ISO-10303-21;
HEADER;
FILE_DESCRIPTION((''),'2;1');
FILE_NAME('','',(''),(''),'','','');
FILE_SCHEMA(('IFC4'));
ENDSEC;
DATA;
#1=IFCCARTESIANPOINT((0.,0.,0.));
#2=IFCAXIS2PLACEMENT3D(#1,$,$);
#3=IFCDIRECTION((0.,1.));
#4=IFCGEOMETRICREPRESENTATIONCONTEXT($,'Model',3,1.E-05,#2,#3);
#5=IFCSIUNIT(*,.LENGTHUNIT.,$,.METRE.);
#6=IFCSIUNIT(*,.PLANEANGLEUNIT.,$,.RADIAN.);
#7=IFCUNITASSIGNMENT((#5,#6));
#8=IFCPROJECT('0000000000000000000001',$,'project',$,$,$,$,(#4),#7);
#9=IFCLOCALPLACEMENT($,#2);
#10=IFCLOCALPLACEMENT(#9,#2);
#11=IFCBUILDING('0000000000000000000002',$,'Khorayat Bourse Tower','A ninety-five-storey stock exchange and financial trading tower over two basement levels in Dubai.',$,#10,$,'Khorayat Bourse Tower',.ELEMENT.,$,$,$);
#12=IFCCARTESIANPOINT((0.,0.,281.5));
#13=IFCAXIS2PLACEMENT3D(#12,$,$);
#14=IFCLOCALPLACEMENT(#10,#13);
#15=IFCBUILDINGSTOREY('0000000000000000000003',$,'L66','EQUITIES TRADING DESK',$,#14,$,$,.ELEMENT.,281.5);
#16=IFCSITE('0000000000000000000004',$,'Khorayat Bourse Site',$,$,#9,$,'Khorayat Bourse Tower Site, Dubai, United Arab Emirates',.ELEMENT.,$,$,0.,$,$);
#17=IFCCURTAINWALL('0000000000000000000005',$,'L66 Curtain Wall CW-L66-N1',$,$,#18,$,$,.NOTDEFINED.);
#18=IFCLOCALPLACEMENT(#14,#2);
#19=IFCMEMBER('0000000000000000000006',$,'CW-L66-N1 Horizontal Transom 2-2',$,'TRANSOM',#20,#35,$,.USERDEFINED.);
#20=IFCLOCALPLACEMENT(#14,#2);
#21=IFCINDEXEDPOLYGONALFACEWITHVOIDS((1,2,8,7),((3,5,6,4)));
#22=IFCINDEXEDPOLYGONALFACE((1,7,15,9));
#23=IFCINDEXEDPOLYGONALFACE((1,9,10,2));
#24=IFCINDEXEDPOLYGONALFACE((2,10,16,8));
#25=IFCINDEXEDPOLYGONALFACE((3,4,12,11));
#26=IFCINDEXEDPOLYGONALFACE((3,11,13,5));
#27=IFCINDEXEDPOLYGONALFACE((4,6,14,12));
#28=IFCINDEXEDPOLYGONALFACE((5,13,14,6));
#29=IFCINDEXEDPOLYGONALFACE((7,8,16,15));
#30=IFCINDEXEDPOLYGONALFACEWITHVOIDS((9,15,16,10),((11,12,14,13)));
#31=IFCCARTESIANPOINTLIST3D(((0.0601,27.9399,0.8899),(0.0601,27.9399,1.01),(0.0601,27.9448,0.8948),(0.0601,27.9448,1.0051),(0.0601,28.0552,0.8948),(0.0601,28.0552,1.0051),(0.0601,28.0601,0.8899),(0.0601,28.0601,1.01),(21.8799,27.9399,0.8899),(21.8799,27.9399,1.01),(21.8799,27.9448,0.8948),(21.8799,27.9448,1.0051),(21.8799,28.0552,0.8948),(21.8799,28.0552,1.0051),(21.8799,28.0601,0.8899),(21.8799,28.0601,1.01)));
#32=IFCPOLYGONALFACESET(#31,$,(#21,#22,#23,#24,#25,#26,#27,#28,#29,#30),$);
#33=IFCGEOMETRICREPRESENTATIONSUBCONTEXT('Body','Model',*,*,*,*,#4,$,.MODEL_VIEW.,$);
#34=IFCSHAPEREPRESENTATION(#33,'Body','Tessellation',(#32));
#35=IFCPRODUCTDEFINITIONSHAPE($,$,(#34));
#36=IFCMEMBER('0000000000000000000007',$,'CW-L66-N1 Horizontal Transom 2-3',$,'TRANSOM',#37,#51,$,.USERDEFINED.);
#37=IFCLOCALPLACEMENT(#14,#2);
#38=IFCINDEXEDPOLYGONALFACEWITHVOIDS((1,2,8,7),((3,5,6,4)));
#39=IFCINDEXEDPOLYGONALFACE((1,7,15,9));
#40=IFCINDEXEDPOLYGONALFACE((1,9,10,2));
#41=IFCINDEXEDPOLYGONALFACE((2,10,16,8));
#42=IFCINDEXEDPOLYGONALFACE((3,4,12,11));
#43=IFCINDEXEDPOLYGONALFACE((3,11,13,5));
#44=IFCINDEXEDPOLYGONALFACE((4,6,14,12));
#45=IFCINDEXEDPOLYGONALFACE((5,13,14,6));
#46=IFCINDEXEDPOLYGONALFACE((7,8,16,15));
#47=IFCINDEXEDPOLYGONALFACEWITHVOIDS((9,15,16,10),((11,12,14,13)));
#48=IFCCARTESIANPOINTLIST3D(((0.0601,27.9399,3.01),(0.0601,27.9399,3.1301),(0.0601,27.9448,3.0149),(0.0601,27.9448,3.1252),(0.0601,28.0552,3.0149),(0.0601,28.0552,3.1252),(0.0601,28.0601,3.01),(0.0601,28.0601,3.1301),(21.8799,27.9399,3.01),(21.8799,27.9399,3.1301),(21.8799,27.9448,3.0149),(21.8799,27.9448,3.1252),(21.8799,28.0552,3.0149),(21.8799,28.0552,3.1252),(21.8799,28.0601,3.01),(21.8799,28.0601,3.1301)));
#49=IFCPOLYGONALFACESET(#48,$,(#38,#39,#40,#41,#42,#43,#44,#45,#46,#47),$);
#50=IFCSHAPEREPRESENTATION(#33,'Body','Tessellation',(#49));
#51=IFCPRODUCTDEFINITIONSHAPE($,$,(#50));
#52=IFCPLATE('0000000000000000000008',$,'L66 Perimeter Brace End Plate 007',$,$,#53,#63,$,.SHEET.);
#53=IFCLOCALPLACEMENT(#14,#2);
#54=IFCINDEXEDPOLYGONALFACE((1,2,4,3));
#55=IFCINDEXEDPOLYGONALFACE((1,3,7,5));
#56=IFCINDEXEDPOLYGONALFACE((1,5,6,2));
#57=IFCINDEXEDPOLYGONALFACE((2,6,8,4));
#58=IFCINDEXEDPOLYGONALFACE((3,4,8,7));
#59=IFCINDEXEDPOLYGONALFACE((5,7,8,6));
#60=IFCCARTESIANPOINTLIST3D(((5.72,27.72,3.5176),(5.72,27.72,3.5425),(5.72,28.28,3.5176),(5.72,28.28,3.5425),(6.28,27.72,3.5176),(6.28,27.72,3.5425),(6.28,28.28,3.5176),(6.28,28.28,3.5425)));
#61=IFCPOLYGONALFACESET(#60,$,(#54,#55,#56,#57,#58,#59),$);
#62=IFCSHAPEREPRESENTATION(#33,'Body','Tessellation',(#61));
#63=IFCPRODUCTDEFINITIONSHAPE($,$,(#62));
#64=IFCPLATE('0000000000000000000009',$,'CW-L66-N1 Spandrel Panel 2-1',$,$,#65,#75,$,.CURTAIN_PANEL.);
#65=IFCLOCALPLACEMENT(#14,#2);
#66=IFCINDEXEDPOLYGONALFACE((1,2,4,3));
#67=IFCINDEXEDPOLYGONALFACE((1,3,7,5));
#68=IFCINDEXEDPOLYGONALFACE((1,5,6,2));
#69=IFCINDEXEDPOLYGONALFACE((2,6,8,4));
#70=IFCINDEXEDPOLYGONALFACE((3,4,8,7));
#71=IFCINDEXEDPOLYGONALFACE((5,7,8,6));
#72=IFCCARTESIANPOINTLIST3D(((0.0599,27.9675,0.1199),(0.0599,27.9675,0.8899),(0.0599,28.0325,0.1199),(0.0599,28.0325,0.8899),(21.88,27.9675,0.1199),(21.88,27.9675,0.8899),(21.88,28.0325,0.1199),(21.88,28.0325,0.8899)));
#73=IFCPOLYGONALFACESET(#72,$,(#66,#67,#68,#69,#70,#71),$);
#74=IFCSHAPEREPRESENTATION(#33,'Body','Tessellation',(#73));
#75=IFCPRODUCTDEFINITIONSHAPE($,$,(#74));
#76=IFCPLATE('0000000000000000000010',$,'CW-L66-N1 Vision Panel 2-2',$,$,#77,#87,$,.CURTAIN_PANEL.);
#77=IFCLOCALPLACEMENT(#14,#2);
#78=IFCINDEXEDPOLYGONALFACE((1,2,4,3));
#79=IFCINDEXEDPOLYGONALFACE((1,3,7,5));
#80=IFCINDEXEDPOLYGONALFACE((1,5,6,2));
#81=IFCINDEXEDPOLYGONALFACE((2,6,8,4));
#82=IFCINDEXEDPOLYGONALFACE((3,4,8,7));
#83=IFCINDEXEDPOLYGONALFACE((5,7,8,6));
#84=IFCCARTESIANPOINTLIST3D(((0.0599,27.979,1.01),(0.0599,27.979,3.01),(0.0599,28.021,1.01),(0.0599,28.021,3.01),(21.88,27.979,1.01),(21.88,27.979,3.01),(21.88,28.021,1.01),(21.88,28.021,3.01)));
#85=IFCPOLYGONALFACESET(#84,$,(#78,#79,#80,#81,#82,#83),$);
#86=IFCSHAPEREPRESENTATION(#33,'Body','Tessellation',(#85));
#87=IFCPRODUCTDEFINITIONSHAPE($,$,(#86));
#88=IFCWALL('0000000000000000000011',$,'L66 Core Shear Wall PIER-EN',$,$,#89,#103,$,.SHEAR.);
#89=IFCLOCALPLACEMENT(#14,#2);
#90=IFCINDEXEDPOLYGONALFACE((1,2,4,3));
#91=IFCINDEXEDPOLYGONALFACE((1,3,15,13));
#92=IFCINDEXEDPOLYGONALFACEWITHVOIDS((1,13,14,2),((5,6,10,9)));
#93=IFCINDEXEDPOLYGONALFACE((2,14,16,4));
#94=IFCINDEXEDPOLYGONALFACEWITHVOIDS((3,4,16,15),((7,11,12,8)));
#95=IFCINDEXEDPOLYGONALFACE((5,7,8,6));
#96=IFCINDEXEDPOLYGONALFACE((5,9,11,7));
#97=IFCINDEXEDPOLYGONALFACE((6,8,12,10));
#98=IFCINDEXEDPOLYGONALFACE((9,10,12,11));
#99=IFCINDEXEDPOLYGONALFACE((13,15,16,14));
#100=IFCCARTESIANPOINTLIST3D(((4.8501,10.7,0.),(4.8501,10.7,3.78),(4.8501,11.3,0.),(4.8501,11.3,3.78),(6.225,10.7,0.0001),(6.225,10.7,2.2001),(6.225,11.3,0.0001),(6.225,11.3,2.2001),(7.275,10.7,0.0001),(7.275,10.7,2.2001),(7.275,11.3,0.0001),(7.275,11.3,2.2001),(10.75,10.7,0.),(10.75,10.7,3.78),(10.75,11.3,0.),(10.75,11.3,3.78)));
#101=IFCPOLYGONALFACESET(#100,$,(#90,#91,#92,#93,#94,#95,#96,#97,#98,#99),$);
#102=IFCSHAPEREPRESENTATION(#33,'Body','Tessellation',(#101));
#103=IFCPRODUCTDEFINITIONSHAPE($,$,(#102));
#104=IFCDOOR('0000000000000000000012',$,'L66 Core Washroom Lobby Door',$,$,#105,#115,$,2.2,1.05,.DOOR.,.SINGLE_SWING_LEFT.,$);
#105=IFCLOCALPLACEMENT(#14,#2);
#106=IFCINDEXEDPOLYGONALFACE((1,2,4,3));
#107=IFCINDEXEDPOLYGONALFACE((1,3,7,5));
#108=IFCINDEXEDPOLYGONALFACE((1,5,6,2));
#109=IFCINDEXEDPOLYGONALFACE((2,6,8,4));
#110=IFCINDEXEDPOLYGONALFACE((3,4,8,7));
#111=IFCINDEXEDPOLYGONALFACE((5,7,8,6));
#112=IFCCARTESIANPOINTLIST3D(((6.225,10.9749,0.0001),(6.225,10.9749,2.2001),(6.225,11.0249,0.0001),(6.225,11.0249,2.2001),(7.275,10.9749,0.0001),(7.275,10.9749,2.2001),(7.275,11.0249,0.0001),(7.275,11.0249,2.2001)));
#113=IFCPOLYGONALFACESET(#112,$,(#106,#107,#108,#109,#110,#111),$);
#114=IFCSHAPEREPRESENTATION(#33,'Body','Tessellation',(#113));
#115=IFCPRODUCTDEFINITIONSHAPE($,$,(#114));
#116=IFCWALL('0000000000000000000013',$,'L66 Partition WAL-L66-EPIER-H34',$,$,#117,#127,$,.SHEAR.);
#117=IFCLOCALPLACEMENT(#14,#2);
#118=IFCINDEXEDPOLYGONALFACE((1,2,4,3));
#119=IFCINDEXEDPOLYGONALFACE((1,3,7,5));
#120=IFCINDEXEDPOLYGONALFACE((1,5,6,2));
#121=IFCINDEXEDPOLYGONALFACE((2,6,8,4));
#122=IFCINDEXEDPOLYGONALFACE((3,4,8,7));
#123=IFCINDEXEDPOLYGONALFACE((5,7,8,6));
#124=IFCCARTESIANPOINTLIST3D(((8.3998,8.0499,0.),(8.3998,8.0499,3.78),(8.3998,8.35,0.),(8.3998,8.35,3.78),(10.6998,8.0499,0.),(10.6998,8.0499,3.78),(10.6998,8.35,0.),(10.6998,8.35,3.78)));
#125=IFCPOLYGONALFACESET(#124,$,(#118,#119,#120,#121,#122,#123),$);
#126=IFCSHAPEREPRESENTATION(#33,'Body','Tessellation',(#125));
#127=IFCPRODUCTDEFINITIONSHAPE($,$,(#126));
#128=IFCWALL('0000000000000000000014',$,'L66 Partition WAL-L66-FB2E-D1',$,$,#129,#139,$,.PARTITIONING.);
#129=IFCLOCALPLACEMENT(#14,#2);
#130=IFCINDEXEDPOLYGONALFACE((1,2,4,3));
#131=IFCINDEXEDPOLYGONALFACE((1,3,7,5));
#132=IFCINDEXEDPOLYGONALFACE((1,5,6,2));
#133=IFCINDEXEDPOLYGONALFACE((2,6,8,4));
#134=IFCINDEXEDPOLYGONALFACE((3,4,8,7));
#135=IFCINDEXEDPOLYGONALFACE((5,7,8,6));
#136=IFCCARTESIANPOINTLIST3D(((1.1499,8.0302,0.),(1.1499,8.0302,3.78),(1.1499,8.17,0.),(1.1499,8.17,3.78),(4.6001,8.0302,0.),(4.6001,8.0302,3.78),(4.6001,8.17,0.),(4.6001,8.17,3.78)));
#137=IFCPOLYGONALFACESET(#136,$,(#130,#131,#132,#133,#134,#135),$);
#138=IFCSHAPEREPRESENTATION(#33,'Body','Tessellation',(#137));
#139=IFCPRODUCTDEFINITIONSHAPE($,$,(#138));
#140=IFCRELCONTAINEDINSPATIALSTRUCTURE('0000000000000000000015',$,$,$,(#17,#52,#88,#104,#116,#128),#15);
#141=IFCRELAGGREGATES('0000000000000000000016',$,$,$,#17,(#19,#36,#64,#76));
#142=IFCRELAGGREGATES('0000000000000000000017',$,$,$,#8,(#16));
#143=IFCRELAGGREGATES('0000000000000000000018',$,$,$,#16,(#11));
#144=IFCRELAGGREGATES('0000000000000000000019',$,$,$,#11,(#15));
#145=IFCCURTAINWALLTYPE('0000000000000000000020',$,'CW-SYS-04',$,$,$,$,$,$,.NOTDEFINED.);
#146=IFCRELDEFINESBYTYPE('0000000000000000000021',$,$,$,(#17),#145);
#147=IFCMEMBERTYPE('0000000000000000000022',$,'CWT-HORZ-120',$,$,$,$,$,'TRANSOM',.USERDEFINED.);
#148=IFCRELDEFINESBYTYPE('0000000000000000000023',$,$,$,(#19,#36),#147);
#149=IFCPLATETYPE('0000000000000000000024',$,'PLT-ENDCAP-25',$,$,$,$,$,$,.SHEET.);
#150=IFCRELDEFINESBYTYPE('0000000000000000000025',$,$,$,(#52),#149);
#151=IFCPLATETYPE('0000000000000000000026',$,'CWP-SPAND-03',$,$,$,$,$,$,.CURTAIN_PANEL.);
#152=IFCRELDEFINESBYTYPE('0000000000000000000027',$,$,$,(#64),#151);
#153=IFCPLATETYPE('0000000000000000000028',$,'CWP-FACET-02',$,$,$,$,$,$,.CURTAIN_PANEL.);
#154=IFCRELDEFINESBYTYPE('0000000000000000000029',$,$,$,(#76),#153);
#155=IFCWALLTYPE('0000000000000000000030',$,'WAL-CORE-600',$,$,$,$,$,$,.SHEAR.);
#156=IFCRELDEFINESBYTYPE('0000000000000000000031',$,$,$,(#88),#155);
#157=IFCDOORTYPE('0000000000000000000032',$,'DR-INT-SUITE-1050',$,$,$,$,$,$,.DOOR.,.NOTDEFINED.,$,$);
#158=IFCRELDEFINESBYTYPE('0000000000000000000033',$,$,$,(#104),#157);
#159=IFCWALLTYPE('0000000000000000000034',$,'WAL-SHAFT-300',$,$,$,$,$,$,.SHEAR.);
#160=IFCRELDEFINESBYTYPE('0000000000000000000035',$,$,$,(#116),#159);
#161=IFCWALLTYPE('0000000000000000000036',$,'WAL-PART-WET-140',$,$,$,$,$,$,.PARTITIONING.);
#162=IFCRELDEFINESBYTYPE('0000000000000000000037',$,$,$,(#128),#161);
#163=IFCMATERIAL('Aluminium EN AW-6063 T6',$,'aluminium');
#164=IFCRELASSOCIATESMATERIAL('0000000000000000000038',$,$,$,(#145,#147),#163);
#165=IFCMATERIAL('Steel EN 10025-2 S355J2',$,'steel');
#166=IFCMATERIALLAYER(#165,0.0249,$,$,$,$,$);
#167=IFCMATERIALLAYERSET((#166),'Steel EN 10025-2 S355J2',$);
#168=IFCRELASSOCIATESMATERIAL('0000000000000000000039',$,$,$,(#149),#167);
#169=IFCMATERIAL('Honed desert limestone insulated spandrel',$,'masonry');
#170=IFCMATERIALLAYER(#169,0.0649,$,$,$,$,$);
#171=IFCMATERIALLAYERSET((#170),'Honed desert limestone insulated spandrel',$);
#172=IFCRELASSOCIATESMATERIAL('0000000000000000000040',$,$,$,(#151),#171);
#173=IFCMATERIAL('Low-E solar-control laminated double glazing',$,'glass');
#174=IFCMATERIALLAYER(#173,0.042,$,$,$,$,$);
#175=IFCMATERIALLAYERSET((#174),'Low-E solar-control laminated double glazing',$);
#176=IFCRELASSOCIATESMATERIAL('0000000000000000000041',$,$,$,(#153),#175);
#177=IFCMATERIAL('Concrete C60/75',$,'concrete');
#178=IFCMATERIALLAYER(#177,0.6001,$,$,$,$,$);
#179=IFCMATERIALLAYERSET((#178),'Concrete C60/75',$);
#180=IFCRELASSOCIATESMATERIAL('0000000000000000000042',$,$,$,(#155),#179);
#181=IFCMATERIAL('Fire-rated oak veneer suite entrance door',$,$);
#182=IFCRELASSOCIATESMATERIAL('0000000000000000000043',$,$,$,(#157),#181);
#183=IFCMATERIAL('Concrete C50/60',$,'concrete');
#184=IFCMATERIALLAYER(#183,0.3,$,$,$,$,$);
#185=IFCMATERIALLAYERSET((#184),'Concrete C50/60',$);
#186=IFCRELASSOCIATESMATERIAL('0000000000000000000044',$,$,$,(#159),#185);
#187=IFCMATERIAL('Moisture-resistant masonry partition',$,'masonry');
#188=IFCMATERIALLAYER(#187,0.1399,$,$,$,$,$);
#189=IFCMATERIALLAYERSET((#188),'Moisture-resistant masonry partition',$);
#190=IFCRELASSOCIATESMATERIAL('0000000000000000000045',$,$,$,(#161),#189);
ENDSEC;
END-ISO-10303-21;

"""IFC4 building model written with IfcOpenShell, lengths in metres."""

from ifc_helpers import new_model, si_unit, direction, frame, frame_2d, origin, origin_2d, place, context, subcontext, project, spatial, rectangle, hollow_rectangle, extrude, source, transform, mapped, material, layer, layer_set, material_profile, profile_set, type_object, element, fill, aggregate, save


model = new_model("IFC4")

# Units and contexts
model_context = context("Model", 3, precision=1e-05, world=origin(), true_north=direction((0.0, 1.0)))
body_context = subcontext(model_context, "Body", "Model", "MODEL_VIEW")
ifc_project = project(units=[si_unit("LENGTHUNIT", "METRE"), si_unit("PLANEANGLEUNIT", "RADIAN")], contexts=[model_context])

# Site, building, storey
site_placement = place(None, origin())
site = spatial("IfcSite", under=ifc_project, at=site_placement, Name="Khorayat Bourse Site", LongName="Khorayat Bourse Tower Site, Dubai, United Arab Emirates", CompositionType="ELEMENT", RefElevation=0.0)
building_placement = place(site_placement, origin())
building = spatial("IfcBuilding", under=site, at=building_placement, Name="Khorayat Bourse Tower", Description="A ninety-five-storey stock exchange and financial trading tower over two basement levels in Dubai.", LongName="Khorayat Bourse Tower", CompositionType="ELEMENT")
storey_placement = place(building_placement, frame((0.0, 0.0, 281.5)))
storey = spatial("IfcBuildingStorey", under=building, at=storey_placement, Name="L66", Description="EQUITIES TRADING DESK", CompositionType="ELEMENT", Elevation=281.5)

# Shared definitions
ifc_material_1 = material(Name="Concrete C60/75", Category="concrete")

# Curtain wall, members
ifc_material_2 = material(Name="Aluminium EN AW-6063 T6", Category="aluminium")
curtain_wall_type = type_object("IfcCurtainWallType", Name="CW-SYS-04", PredefinedType="NOTDEFINED", material=ifc_material_2)
curtain_wall_placement = place(storey_placement, origin())
curtain_wall = element("IfcCurtainWall", 1, at=curtain_wall_placement, inside=storey, type_object=curtain_wall_type, Name="L66 Curtain Wall CW-L66-N1", PredefinedType="NOTDEFINED")
ifc_material_profile_1 = material_profile(ifc_material_2, hollow_rectangle(XDim=0.1201, YDim=0.1201, WallThickness=0.0049, at=origin_2d()), Name="ALU 120x120x5")
ifc_profile_set_1 = profile_set([ifc_material_profile_1], Name="Aluminium EN AW-6063 T6")
member_type_1 = type_object("IfcMemberType", Name="CWT-HORZ-120", ElementType="TRANSOM", PredefinedType="USERDEFINED", material=ifc_profile_set_1)
shared_shape_1 = source(origin(), body_context, "Body", "SweptSolid", [
    extrude(hollow_rectangle(XDim=0.1201, YDim=0.1201, WallThickness=0.0049, at=origin_2d()), origin(), (0.0, 0.0, 1.0), 21.8198),
])
member_1_placement = place(storey_placement, frame((0.0601, 28.0, 0.95), z_axis=(1.0, 0.0, 0.0), x_axis=(0.0, 1.0, 0.0)))
member_1 = element("IfcMember", 2, at=member_1_placement, type_object=member_type_1, Name="CW-L66-N1 Horizontal Transom 2-2", ObjectType="TRANSOM", PredefinedType="USERDEFINED", context=body_context, shape_type="MappedRepresentation", body=[
    mapped(shared_shape_1, transform((0.0, 0.0, 0.0), scale=1.0)),
])
member_2_placement = place(storey_placement, frame((0.0601, 28.0, 3.0701), z_axis=(1.0, 0.0, 0.0), x_axis=(0.0, 1.0, 0.0)))
member_2 = element("IfcMember", 3, at=member_2_placement, type_object=member_type_1, Name="CW-L66-N1 Horizontal Transom 2-3", ObjectType="TRANSOM", PredefinedType="USERDEFINED", context=body_context, shape_type="MappedRepresentation", body=[
    mapped(shared_shape_1, transform((0.0, 0.0, 0.0), scale=1.0)),
])

# Plates
ifc_material_3 = material(Name="Steel EN 10025-2 S355J2", Category="steel")
ifc_layer_1 = layer(ifc_material_3, 0.0249)
ifc_layer_set_1 = layer_set([ifc_layer_1], Name="Steel EN 10025-2 S355J2")
plate_type_1 = type_object("IfcPlateType", Name="PLT-ENDCAP-25", PredefinedType="SHEET", material=ifc_layer_set_1)
shared_shape_2 = source(origin(), body_context, "Body", "SweptSolid", [
    extrude(rectangle(XDim=0.5601, YDim=0.5601, at=origin_2d()), origin(), (0.0, 0.0, 1.0), 0.0249),
])
plate_1_placement = place(storey_placement, frame((6.0, 28.0, 3.5176), z_axis=(0.0, 0.0, 1.0), x_axis=(1.0, 0.0, 0.0)))
element("IfcPlate", 4, at=plate_1_placement, inside=storey, type_object=plate_type_1, Name="L66 Perimeter Brace End Plate 007", PredefinedType="SHEET", context=body_context, shape_type="MappedRepresentation", body=[
    mapped(shared_shape_2, transform((0.0, 0.0, 0.0), scale=1.0)),
])
ifc_material_4 = material(Name="Honed desert limestone insulated spandrel", Category="masonry")
ifc_layer_2 = layer(ifc_material_4, 0.0649)
ifc_layer_set_2 = layer_set([ifc_layer_2], Name="Honed desert limestone insulated spandrel")
plate_type_2 = type_object("IfcPlateType", Name="CWP-SPAND-03", PredefinedType="CURTAIN_PANEL", material=ifc_layer_set_2)
shared_shape_3 = source(origin(), body_context, "Body", "SweptSolid", [
    extrude(rectangle(XDim=21.8201, YDim=0.0649, at=origin_2d()), origin(), (0.0, 0.0, 1.0), 0.77),
])
plate_2_placement = place(storey_placement, frame((10.97, 28.0, 0.1199), z_axis=(0.0, 0.0, 1.0), x_axis=(1.0, 0.0, 0.0)))
plate_2 = element("IfcPlate", 5, at=plate_2_placement, type_object=plate_type_2, Name="CW-L66-N1 Spandrel Panel 2-1", PredefinedType="CURTAIN_PANEL", context=body_context, shape_type="MappedRepresentation", body=[
    mapped(shared_shape_3, transform((0.0, 0.0, 0.0), scale=1.0)),
])
ifc_material_5 = material(Name="Low-E solar-control laminated double glazing", Category="glass")
ifc_layer_3 = layer(ifc_material_5, 0.042)
ifc_layer_set_3 = layer_set([ifc_layer_3], Name="Low-E solar-control laminated double glazing")
plate_type_3 = type_object("IfcPlateType", Name="CWP-FACET-02", PredefinedType="CURTAIN_PANEL", material=ifc_layer_set_3)
shared_shape_4 = source(origin(), body_context, "Body", "SweptSolid", [
    extrude(rectangle(XDim=21.8201, YDim=0.042, at=origin_2d()), origin(), (0.0, 0.0, 1.0), 2.0),
])
plate_3_placement = place(storey_placement, frame((10.97, 28.0, 1.01), z_axis=(0.0, 0.0, 1.0), x_axis=(1.0, 0.0, 0.0)))
plate_3 = element("IfcPlate", 6, at=plate_3_placement, type_object=plate_type_3, Name="CW-L66-N1 Vision Panel 2-2", PredefinedType="CURTAIN_PANEL", context=body_context, shape_type="MappedRepresentation", body=[
    mapped(shared_shape_4, transform((0.0, 0.0, 0.0), scale=1.0)),
])
aggregate(curtain_wall, [member_1, member_2, plate_2, plate_3])

# Wall, opening, door
ifc_layer_4 = layer(ifc_material_1, 0.6001)
ifc_layer_set_4 = layer_set([ifc_layer_4], Name="Concrete C60/75")
wall_type_1 = type_object("IfcWallType", Name="WAL-CORE-600", PredefinedType="SHEAR", material=ifc_layer_set_4)
shared_shape_5 = source(origin(), body_context, "Body", "SweptSolid", [
    extrude(rectangle(XDim=5.8999, YDim=0.6001, at=frame_2d((2.95, 0.0))), origin(), (0.0, 0.0, 1.0), 3.78),
])
wall_1_placement = place(storey_placement, frame((4.8501, 11.0, 0.0), z_axis=(0.0, 0.0, 1.0), x_axis=(1.0, 0.0, 0.0)))
wall_1 = element("IfcWall", 7, at=wall_1_placement, inside=storey, type_object=wall_type_1, Name="L66 Core Shear Wall PIER-EN", PredefinedType="SHEAR", context=body_context, shape_type="MappedRepresentation", body=[
    mapped(shared_shape_5, transform((0.0, 0.0, 0.0), scale=1.0)),
])
shared_shape_6 = source(origin(), body_context, "Body", "SweptSolid", [
    extrude(rectangle(XDim=1.05, YDim=2.2, at=frame_2d((0.5249, 1.1001))), frame((0.0, 0.3101, 0.0), z_axis=(0.0, -1.0, 0.0), x_axis=(1.0, 0.0, 0.0)), (0.0, 0.0, 1.0), 0.6201),
])
opening_1_placement = place(wall_1_placement, frame((1.375, 0.0, 0.0)))
opening_1 = element("IfcOpeningElement", 8, at=opening_1_placement, cuts=wall_1, PredefinedType="OPENING", context=body_context, shape_type="MappedRepresentation", body=[
    mapped(shared_shape_6, transform((0.0, 0.0, 0.0), scale=1.0)),
])
ifc_material_6 = material(Name="Fire-rated oak veneer suite entrance door")
door_type_1 = type_object("IfcDoorType", Name="DR-INT-SUITE-1050", OperationType="NOTDEFINED", PredefinedType="DOOR", material=ifc_material_6)
shared_shape_7 = source(origin(), body_context, "Body", "SweptSolid", [
    extrude(rectangle(XDim=1.05, YDim=2.2, at=frame_2d((0.5249, 1.1001))), frame((0.0, 0.0249, 0.0), z_axis=(0.0, -1.0, 0.0), x_axis=(1.0, 0.0, 0.0)), (0.0, 0.0, 1.0), 0.05),
])
door_1_placement = place(opening_1_placement, origin())
door_1 = element("IfcDoor", 9, at=door_1_placement, inside=storey, type_object=door_type_1, Name="L66 Core Washroom Lobby Door", OperationType="SINGLE_SWING_LEFT", OverallHeight=2.2, OverallWidth=1.05, PredefinedType="DOOR", context=body_context, shape_type="MappedRepresentation", body=[
    mapped(shared_shape_7, transform((0.0, 0.0, 0.0), scale=1.0)),
])
fill(opening_1, door_1)

# Wall
ifc_material_7 = material(Name="Concrete C50/60", Category="concrete")
ifc_layer_5 = layer(ifc_material_7, 0.3)
ifc_layer_set_5 = layer_set([ifc_layer_5], Name="Concrete C50/60")
wall_type_2 = type_object("IfcWallType", Name="WAL-SHAFT-300", PredefinedType="SHEAR", material=ifc_layer_set_5)
shared_shape_8 = source(origin(), body_context, "Body", "SweptSolid", [
    extrude(rectangle(XDim=2.3, YDim=0.3, at=frame_2d((1.1499, 0.0))), origin(), (0.0, 0.0, 1.0), 3.78),
])
wall_2_placement = place(storey_placement, frame((8.3999, 8.2, 0.0), z_axis=(0.0, 0.0, 1.0), x_axis=(1.0, 0.0, 0.0)))
element("IfcWall", 10, at=wall_2_placement, inside=storey, type_object=wall_type_2, Name="L66 Partition WAL-L66-EPIER-H34", PredefinedType="SHEAR", context=body_context, shape_type="MappedRepresentation", body=[
    mapped(shared_shape_8, transform((0.0, 0.0, 0.0), scale=1.0)),
])

# Shared definitions
ifc_material_8 = material(Name="Moisture-resistant masonry partition", Category="masonry")
ifc_layer_6 = layer(ifc_material_8, 0.1399)
ifc_layer_set_6 = layer_set([ifc_layer_6], Name="Moisture-resistant masonry partition")
wall_type_3 = type_object("IfcWallType", Name="WAL-PART-WET-140", PredefinedType="PARTITIONING", material=ifc_layer_set_6)

# Wall
shared_shape_9 = source(origin(), body_context, "Body", "SweptSolid", [
    extrude(rectangle(XDim=3.4502, YDim=0.1399, at=frame_2d((1.7251, 0.0))), origin(), (0.0, 0.0, 1.0), 3.78),
])
wall_3_placement = place(storey_placement, frame((1.1499, 8.1001, 0.0), z_axis=(0.0, 0.0, 1.0), x_axis=(1.0, 0.0, 0.0)))
element("IfcWall", 11, at=wall_3_placement, inside=storey, type_object=wall_type_3, Name="L66 Partition WAL-L66-FB2E-D1", PredefinedType="PARTITIONING", context=body_context, shape_type="MappedRepresentation", body=[
    mapped(shared_shape_9, transform((0.0, 0.0, 0.0), scale=1.0)),
])

save(model, "model.ifc")
